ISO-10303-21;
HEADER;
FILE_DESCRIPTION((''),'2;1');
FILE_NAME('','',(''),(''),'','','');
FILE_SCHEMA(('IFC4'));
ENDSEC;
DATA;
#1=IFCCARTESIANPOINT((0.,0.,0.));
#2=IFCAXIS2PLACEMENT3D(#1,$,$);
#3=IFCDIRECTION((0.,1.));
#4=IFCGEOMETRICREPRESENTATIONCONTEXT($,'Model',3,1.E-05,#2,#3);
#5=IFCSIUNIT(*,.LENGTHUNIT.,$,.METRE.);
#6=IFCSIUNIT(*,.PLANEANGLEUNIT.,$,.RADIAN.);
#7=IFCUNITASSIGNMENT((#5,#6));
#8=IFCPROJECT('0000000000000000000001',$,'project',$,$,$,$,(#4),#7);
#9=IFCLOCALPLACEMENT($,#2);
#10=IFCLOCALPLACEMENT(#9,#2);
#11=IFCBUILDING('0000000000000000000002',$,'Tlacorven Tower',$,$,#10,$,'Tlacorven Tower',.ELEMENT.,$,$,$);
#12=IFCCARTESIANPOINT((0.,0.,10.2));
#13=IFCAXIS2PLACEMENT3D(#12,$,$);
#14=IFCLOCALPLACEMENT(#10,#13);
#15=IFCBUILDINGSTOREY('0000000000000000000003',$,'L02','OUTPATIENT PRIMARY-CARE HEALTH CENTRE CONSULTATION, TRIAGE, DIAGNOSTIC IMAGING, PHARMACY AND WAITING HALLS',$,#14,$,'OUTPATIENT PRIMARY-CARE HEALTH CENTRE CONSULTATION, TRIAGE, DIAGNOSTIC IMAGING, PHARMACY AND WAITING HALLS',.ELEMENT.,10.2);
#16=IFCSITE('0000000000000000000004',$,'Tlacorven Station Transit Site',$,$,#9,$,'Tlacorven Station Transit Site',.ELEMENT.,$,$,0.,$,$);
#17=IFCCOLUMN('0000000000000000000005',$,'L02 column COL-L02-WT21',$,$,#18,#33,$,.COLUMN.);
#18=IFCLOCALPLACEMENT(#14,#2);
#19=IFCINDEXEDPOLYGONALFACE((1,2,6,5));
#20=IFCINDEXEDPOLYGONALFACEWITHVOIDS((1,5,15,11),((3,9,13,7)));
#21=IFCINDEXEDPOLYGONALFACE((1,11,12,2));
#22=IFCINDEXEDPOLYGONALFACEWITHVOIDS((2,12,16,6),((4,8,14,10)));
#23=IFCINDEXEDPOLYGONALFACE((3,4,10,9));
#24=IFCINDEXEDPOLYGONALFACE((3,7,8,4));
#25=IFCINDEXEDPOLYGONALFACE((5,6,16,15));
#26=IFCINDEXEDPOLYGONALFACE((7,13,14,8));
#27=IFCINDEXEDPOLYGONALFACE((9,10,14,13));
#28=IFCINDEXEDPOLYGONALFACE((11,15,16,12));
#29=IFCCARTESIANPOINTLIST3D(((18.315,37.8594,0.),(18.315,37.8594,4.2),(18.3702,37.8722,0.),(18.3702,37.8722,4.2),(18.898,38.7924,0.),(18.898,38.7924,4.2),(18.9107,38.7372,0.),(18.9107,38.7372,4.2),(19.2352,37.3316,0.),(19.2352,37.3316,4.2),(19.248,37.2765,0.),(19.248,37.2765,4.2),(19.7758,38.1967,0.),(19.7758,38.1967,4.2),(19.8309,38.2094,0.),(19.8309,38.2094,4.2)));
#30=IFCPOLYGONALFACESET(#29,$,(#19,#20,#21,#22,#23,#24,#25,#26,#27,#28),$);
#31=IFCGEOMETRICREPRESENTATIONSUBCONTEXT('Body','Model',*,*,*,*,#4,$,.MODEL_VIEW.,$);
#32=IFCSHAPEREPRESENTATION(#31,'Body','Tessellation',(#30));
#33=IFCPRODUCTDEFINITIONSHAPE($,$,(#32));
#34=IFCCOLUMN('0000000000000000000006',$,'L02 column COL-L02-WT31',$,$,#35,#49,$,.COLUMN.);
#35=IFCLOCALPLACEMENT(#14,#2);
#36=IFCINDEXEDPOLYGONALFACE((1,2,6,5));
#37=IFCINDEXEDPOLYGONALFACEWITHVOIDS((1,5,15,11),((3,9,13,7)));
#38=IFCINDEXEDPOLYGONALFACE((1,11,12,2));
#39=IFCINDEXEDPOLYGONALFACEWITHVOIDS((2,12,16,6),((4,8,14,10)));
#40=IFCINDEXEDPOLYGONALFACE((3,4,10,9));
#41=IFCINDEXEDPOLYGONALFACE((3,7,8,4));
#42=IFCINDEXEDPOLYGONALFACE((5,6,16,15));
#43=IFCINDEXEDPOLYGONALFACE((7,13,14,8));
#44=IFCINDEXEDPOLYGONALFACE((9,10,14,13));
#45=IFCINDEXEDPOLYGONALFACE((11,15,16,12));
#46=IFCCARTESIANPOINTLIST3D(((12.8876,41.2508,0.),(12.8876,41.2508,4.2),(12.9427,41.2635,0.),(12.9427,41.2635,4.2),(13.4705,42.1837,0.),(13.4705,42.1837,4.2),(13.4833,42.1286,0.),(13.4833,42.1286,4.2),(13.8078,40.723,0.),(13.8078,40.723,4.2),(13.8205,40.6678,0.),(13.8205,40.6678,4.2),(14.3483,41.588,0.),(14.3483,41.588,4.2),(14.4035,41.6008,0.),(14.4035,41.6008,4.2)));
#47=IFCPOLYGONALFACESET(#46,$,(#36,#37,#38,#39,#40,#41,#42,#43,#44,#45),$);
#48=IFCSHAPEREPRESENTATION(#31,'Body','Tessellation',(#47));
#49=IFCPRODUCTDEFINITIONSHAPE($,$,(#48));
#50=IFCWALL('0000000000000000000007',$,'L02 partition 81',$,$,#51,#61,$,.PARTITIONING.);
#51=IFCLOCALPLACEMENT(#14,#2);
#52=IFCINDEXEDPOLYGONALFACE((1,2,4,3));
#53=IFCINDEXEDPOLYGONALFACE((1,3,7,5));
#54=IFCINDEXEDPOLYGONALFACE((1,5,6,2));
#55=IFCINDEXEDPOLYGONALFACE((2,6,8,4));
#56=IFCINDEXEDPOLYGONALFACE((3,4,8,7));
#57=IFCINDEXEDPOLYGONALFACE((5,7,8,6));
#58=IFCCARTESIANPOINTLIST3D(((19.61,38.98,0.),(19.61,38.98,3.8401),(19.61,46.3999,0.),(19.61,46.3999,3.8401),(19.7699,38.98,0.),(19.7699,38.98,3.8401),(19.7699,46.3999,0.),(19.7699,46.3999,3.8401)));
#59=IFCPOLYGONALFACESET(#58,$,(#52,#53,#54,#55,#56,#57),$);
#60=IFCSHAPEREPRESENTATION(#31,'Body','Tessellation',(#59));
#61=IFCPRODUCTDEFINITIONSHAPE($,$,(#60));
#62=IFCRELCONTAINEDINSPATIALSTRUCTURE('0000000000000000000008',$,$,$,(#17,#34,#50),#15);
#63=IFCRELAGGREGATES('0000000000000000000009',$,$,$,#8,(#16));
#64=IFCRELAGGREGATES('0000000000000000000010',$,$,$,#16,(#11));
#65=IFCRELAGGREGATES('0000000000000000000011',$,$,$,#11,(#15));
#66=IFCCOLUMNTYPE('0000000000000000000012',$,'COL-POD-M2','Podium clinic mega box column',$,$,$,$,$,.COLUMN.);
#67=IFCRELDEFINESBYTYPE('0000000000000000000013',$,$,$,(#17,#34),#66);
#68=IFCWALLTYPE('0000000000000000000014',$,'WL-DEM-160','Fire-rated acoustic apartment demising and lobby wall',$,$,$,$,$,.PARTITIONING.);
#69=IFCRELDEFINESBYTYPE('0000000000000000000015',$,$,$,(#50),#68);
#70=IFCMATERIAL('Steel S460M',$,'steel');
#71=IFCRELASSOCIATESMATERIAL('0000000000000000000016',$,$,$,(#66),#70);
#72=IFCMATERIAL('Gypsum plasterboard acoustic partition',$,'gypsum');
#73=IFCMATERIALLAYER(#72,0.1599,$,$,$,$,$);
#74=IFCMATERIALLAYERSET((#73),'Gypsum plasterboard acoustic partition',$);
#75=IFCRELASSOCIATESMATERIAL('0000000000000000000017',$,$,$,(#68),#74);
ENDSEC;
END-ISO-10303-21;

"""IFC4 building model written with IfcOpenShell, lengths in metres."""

from ifc_helpers import new_model, si_unit, direction, frame, frame_2d, origin, origin_2d, place, context, subcontext, project, spatial, rectangle, hollow_rectangle, extrude, source, transform, mapped, material, layer, layer_set, material_profile, profile_set, type_object, element, save


model = new_model("IFC4")

# Units and contexts
model_context = context("Model", 3, precision=1e-05, world=origin(), true_north=direction((0.0, 1.0)))
body_context = subcontext(model_context, "Body", "Model", "MODEL_VIEW")
ifc_project = project(units=[si_unit("LENGTHUNIT", "METRE"), si_unit("PLANEANGLEUNIT", "RADIAN")], contexts=[model_context])

# Site, building, storey
site_placement = place(None, origin())
site = spatial("IfcSite", under=ifc_project, at=site_placement, Name="Tlacorven Station Transit Site", LongName="Tlacorven Station Transit Site", CompositionType="ELEMENT", RefElevation=0.0)
building_placement = place(site_placement, origin())
building = spatial("IfcBuilding", under=site, at=building_placement, Name="Tlacorven Tower", LongName="Tlacorven Tower", CompositionType="ELEMENT")
storey_placement = place(building_placement, frame((0.0, 0.0, 10.2)))
storey = spatial("IfcBuildingStorey", under=building, at=storey_placement, Name="L02", Description="OUTPATIENT PRIMARY-CARE HEALTH CENTRE CONSULTATION, TRIAGE, DIAGNOSTIC IMAGING, PHARMACY AND WAITING HALLS", LongName="OUTPATIENT PRIMARY-CARE HEALTH CENTRE CONSULTATION, TRIAGE, DIAGNOSTIC IMAGING, PHARMACY AND WAITING HALLS", CompositionType="ELEMENT", Elevation=10.2)

# Columns
ifc_material_1 = material(Name="Steel S460M", Category="steel")
ifc_material_profile = material_profile(ifc_material_1, hollow_rectangle(XDim=1.1001, YDim=1.1001, WallThickness=0.04, at=origin_2d()), Name="BOX 1100X1100X40")
ifc_profile_set = profile_set([ifc_material_profile], Name="Steel S460M")
column_type = type_object("IfcColumnType", Name="COL-POD-M2", Description="Podium clinic mega box column", PredefinedType="COLUMN", material=ifc_profile_set)
shared_shape = source(origin(), body_context, "Body", "SweptSolid", [
    extrude(hollow_rectangle(XDim=1.1001, YDim=1.1001, WallThickness=0.04, at=origin_2d()), origin(), (0.0, 0.0, 1.0), 4.2),
])
for number, where, z_axis, x_axis, name in (
    (1, (19.073, 38.0344, 0.0), (0.0, 0.0, 1.0), (-0.848048, 0.529919, 0.0), "L02 column COL-L02-WT21"),
    (2, (13.6455, 41.4258, 0.0), (0.0, 0.0, 1.0), (-0.848048, 0.529919, 0.0), "L02 column COL-L02-WT31"),
):
    element("IfcColumn", number, at=place(storey_placement, frame(where, z_axis=z_axis, x_axis=x_axis)), inside=storey, type_object=column_type, Name=name, PredefinedType="COLUMN", context=body_context, shape_type="MappedRepresentation", body=[
        mapped(shared_shape, transform((0.0, 0.0, 0.0), scale=1.0)),
    ])

# Wall
ifc_material_2 = material(Name="Gypsum plasterboard acoustic partition", Category="gypsum")
ifc_layer = layer(ifc_material_2, 0.1599)
ifc_layer_set = layer_set([ifc_layer], Name="Gypsum plasterboard acoustic partition")
wall_type = type_object("IfcWallType", Name="WL-DEM-160", Description="Fire-rated acoustic apartment demising and lobby wall", PredefinedType="PARTITIONING", material=ifc_layer_set)
wall_placement = place(storey_placement, frame((19.6899, 38.98, 0.0), z_axis=(0.0, 0.0, 1.0), x_axis=(0.0, 1.0, 0.0)))
element("IfcWall", 3, at=wall_placement, inside=storey, type_object=wall_type, Name="L02 partition 81", PredefinedType="PARTITIONING", context=body_context, shape_type="SweptSolid", body=[
    extrude(rectangle(XDim=7.4199, YDim=0.1599, at=frame_2d((3.71, 0.0))), origin(), (0.0, 0.0, 1.0), 3.8401),
])

save(model, "model.ifc")
